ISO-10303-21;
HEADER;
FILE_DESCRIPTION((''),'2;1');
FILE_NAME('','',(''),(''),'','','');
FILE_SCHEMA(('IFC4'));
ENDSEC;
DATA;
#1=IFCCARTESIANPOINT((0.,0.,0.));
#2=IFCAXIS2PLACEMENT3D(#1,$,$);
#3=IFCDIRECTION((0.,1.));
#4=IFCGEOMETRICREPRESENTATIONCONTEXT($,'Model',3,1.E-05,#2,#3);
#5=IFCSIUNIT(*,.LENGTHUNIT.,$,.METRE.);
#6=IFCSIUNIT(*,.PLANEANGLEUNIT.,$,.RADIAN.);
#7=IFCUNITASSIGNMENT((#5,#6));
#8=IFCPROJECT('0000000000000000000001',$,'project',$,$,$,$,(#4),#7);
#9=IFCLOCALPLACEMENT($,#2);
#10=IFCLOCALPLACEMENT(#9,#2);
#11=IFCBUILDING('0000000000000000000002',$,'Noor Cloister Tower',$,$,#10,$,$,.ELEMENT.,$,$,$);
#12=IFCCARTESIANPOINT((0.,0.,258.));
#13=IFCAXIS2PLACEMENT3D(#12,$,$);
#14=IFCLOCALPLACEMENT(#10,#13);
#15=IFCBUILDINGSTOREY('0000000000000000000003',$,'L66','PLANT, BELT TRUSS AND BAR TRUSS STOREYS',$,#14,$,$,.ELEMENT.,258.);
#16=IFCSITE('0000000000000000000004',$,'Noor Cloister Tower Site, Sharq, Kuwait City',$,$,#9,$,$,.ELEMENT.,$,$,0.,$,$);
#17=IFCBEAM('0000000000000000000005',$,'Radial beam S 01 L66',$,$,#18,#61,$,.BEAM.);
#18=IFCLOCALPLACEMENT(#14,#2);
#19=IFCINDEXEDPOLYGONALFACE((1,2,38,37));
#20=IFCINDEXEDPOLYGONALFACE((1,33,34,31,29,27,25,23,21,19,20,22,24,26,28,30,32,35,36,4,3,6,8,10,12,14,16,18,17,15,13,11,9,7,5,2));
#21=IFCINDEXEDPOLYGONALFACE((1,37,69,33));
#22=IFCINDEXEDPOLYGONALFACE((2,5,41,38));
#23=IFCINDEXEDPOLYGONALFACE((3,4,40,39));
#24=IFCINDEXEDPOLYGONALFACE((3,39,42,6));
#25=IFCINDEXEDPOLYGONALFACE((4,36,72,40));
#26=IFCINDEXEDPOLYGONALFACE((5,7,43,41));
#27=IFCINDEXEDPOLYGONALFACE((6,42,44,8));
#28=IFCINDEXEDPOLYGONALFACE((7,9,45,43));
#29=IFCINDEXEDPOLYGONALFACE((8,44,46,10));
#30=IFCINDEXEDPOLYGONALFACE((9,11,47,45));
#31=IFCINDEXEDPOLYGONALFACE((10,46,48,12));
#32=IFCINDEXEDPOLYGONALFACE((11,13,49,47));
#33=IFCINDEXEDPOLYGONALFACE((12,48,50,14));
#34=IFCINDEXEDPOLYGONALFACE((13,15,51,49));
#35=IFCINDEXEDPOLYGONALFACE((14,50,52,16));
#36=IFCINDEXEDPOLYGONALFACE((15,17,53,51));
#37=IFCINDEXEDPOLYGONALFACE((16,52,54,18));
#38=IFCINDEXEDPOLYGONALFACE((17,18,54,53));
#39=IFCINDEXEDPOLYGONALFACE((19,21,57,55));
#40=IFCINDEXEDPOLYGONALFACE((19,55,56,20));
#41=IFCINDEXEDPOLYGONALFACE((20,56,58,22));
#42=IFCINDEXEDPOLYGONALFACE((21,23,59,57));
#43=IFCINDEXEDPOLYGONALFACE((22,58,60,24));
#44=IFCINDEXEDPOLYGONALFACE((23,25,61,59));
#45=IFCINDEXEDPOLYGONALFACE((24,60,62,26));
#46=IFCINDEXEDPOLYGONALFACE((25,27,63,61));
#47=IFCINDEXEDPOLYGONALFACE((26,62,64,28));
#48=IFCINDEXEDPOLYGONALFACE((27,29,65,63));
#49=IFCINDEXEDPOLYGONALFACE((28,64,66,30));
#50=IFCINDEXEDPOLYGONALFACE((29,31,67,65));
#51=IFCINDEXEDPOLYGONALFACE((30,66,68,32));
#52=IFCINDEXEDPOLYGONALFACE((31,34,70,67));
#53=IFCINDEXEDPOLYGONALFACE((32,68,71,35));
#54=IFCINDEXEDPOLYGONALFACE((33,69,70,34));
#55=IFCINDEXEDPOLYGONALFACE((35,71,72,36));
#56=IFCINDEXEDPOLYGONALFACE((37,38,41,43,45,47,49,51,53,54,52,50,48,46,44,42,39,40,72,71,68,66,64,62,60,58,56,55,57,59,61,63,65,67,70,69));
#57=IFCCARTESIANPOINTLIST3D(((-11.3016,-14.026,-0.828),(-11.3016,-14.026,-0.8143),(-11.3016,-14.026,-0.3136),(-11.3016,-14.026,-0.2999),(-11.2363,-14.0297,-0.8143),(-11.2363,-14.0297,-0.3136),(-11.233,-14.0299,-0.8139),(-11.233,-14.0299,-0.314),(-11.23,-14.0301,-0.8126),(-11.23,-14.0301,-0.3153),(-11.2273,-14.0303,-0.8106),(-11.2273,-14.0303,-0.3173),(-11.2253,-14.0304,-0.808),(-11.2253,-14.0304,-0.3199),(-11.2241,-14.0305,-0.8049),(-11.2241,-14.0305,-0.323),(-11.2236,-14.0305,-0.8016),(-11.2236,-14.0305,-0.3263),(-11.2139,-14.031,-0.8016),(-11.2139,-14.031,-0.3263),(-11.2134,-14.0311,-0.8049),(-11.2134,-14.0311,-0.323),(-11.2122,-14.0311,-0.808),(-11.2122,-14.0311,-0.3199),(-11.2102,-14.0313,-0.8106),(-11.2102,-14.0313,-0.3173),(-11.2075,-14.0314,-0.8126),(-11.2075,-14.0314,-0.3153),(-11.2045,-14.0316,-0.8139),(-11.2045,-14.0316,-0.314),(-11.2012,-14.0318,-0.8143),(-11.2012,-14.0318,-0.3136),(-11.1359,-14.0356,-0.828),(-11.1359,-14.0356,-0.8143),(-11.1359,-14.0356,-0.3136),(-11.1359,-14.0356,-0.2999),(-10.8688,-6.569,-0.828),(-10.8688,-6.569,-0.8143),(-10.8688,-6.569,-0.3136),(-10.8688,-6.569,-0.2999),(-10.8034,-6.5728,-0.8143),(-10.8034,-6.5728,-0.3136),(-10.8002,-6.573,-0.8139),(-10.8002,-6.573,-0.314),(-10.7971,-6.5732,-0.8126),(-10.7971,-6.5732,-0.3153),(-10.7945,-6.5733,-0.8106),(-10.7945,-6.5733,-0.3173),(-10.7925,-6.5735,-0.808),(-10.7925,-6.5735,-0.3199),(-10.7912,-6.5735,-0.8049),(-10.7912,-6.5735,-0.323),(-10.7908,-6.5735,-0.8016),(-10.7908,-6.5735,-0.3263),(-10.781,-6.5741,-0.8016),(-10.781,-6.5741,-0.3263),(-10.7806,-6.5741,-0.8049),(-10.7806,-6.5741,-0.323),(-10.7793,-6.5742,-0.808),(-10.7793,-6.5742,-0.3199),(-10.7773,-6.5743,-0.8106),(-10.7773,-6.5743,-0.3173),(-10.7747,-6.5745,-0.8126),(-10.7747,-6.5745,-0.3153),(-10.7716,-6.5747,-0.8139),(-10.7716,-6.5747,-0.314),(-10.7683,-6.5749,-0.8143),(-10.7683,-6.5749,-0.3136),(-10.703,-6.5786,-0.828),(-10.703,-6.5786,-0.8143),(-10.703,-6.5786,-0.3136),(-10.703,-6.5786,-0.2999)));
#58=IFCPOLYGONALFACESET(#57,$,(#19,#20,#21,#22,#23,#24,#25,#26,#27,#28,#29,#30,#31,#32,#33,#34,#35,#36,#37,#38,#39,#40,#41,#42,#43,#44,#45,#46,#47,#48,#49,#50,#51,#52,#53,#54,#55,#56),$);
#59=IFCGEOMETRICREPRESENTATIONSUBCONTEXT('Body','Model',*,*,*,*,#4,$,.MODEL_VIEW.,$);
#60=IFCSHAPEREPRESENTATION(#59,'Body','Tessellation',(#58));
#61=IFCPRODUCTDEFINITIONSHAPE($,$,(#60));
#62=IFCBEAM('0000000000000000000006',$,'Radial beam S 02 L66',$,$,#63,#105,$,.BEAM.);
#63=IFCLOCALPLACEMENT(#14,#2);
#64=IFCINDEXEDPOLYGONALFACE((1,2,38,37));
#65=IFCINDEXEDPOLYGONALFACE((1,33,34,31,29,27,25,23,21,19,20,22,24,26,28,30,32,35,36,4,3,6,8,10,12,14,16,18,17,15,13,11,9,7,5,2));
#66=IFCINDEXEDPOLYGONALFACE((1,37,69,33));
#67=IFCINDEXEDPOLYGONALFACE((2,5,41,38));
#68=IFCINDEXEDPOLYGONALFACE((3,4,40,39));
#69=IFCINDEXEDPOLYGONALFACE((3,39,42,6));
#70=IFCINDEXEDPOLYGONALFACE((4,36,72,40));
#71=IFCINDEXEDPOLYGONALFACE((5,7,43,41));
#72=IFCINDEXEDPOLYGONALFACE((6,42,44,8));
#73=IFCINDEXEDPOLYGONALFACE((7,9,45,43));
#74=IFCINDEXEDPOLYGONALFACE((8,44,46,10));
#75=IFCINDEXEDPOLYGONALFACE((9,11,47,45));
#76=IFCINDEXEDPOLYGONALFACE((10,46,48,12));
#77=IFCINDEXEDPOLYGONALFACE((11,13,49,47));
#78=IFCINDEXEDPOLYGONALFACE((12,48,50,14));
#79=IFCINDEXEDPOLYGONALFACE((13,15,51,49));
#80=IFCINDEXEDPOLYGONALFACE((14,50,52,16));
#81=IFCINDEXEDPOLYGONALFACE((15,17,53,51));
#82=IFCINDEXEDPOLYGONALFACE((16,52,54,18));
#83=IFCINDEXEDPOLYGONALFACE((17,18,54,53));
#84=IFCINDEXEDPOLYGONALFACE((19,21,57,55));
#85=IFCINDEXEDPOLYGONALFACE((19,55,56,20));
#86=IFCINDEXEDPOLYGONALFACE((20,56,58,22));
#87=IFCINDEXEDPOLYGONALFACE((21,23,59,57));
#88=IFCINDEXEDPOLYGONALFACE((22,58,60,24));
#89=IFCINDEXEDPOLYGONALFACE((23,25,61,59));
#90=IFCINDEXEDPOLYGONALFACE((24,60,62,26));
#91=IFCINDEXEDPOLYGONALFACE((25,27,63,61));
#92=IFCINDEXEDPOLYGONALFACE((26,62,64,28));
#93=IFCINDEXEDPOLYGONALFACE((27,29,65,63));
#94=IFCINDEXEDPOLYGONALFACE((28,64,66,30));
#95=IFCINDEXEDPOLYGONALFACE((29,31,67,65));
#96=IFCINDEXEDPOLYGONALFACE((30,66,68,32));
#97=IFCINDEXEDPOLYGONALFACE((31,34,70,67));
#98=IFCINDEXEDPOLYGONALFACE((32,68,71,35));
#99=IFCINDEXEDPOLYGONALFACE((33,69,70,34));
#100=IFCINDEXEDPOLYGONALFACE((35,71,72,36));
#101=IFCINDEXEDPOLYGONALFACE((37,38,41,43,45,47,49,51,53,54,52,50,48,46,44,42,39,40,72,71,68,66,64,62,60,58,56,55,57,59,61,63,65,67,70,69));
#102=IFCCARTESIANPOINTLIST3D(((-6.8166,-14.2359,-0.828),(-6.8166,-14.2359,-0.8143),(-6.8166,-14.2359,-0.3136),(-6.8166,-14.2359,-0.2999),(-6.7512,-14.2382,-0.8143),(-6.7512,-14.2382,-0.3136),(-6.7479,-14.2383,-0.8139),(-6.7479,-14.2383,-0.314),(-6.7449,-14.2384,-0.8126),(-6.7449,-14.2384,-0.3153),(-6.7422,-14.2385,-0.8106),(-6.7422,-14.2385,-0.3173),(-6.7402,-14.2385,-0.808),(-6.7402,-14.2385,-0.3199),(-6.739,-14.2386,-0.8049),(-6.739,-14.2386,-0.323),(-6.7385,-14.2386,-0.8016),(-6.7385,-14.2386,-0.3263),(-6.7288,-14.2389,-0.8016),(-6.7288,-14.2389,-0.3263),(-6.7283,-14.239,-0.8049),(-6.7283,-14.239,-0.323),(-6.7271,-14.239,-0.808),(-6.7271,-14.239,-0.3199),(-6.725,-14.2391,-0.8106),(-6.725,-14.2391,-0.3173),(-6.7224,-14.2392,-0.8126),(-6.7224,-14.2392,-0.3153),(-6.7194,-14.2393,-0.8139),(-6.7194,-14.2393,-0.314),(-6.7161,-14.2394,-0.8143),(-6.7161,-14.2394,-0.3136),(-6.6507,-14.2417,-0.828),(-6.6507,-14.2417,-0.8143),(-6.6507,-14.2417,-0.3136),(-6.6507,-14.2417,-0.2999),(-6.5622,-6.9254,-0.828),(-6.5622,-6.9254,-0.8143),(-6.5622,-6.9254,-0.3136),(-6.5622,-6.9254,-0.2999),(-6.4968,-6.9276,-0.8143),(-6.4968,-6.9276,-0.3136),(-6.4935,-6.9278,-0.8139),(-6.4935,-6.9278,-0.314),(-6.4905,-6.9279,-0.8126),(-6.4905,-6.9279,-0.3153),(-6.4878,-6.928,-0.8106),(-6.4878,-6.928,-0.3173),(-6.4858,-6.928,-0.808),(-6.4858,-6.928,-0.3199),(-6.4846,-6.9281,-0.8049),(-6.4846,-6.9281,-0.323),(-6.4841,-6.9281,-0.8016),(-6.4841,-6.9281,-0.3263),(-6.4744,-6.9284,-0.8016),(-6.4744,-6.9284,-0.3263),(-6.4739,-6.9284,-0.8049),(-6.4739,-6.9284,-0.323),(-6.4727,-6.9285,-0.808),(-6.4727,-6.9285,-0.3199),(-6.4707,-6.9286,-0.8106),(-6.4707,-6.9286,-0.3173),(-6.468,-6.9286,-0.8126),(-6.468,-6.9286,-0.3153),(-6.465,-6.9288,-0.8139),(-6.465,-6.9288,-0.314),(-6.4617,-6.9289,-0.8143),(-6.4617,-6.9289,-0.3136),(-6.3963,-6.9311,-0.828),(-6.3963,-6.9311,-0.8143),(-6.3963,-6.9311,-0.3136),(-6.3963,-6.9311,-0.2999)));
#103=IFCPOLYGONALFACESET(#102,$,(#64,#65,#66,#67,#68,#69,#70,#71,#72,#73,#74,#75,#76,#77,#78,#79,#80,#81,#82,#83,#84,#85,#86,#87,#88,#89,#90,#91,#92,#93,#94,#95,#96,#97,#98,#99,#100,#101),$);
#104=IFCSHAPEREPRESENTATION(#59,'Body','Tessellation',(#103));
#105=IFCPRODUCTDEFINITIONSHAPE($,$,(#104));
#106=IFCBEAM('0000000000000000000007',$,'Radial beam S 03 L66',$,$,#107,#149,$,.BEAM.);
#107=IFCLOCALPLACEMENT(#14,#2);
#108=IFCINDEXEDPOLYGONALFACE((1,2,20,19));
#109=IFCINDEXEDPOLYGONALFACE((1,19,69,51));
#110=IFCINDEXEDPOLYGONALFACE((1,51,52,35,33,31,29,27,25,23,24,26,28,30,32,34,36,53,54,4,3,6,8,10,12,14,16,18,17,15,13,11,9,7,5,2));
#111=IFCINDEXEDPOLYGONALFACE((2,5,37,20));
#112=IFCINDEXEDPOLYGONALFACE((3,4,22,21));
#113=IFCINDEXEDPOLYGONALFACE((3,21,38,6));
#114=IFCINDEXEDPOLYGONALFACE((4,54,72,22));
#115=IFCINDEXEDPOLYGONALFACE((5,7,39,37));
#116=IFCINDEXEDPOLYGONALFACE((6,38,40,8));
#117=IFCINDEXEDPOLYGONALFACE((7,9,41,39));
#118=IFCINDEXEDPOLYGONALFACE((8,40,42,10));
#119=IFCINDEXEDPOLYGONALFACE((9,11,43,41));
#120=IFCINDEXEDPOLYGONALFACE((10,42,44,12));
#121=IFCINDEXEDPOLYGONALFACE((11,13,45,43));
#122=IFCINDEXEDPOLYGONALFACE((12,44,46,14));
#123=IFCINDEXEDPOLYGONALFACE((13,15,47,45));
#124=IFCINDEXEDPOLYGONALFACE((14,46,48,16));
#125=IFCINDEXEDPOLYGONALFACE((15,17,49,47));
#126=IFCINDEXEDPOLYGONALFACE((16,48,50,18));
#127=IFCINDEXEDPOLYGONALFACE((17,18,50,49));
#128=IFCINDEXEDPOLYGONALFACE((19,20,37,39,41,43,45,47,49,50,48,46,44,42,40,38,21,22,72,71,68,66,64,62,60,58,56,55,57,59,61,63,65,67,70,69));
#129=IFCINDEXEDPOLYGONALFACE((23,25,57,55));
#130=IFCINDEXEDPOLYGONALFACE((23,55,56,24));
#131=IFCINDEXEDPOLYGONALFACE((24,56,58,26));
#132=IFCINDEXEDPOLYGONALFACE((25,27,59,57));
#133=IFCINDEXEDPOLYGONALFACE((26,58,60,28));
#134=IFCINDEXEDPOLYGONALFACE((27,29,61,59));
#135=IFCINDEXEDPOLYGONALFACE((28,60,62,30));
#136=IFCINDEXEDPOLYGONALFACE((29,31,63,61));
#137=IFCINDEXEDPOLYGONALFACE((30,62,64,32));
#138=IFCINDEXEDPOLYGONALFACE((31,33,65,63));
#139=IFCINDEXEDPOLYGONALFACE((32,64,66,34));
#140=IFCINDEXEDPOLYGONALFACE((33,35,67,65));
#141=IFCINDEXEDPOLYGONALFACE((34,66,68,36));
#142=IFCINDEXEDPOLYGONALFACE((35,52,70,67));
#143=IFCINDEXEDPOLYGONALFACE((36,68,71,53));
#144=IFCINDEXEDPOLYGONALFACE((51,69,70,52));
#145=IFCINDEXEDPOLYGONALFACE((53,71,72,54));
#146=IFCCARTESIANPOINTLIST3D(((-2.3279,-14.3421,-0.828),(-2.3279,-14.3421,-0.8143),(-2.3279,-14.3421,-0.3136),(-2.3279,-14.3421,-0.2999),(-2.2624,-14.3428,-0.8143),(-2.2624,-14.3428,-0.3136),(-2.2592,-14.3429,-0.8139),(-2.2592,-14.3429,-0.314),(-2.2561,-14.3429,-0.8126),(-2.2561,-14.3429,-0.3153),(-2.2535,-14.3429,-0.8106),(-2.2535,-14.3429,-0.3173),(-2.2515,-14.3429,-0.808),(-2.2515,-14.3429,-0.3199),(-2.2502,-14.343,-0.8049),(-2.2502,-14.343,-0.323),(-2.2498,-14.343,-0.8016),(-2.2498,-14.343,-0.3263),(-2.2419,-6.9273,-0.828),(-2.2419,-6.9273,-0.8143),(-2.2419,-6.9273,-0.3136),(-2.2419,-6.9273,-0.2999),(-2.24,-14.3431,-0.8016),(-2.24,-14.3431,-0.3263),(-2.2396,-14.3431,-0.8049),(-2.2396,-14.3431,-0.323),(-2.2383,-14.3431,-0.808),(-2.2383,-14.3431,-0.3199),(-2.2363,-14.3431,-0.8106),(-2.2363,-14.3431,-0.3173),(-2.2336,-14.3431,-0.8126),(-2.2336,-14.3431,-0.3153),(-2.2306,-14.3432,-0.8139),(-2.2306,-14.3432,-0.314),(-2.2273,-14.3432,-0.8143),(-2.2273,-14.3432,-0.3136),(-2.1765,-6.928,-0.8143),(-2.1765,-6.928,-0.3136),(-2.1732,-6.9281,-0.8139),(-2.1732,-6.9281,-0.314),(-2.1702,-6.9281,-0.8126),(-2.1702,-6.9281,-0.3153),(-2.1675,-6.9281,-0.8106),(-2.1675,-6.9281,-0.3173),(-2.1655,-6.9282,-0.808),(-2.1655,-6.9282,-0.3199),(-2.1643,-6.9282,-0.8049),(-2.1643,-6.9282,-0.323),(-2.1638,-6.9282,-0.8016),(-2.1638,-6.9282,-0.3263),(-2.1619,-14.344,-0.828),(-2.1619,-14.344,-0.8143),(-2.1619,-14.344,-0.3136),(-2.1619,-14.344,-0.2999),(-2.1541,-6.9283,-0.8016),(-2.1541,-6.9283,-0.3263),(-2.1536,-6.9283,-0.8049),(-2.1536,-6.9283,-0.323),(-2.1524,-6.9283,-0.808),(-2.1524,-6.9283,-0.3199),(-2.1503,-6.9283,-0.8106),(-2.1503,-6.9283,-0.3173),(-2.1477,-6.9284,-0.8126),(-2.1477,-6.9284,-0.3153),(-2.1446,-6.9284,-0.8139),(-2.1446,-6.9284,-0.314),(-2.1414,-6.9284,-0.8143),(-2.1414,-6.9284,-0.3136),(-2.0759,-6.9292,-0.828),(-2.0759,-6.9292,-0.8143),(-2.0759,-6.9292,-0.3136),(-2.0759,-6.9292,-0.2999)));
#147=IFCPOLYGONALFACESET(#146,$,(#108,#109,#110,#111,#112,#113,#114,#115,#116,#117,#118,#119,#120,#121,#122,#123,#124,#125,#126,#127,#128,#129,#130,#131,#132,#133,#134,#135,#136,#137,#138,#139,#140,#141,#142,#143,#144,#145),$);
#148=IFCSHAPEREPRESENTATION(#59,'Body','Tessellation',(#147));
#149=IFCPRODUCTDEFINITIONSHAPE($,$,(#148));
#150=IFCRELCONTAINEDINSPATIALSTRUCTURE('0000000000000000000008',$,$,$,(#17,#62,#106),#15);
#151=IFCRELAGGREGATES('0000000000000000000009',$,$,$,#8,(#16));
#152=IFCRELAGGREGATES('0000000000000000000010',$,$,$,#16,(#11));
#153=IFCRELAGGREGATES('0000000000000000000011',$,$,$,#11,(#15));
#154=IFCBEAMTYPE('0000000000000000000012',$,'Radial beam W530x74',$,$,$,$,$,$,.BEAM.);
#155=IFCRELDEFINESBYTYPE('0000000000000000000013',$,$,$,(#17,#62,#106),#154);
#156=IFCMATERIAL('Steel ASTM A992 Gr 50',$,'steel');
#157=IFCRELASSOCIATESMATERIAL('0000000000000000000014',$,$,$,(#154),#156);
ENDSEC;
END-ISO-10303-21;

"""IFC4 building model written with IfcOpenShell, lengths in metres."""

from ifc_helpers import new_model, si_unit, direction, frame, origin, origin_2d, place, context, subcontext, project, spatial, i_section, extrude, material, material_profile, profile_set, type_object, element, save


model = new_model("IFC4")

# Units and contexts
model_context = context("Model", 3, precision=1e-05, world=origin(), true_north=direction((0.0, 1.0)))
body_context = subcontext(model_context, "Body", "Model", "MODEL_VIEW")
ifc_project = project(units=[si_unit("LENGTHUNIT", "METRE"), si_unit("PLANEANGLEUNIT", "RADIAN")], contexts=[model_context])

# Site, building, storey
site_placement = place(None, origin())
site = spatial("IfcSite", under=ifc_project, at=site_placement, Name="Noor Cloister Tower Site, Sharq, Kuwait City", CompositionType="ELEMENT", RefElevation=0.0)
building_placement = place(site_placement, origin())
building = spatial("IfcBuilding", under=site, at=building_placement, Name="Noor Cloister Tower", CompositionType="ELEMENT")
storey_placement = place(building_placement, frame((0.0, 0.0, 258.0)))
storey = spatial("IfcBuildingStorey", under=building, at=storey_placement, Name="L66", Description="PLANT, BELT TRUSS AND BAR TRUSS STOREYS", CompositionType="ELEMENT", Elevation=258.0)

# Beams
ifc_material_1 = material(Name="Steel ASTM A992 Gr 50", Category="steel")
ifc_material_profile_1 = material_profile(ifc_material_1, i_section(OverallWidth=0.166, OverallDepth=0.5281, WebThickness=0.0098, FlangeThickness=0.0137, FilletRadius=0.0127, at=origin_2d()), Name="W530x74")
ifc_profile_set_1 = profile_set([ifc_material_profile_1], Name="Steel ASTM A992 Gr 50")
beam_type_1 = type_object("IfcBeamType", Name="Radial beam W530x74", PredefinedType="BEAM", material=ifc_profile_set_1)
beam_1_placement = place(storey_placement, frame((-11.2188, -14.0308, -0.564), z_axis=(0.05795, 0.998319, 0.0), x_axis=(-0.998319, 0.05795, 0.0)))
element("IfcBeam", 1, at=beam_1_placement, inside=storey, type_object=beam_type_1, Name="Radial beam S 01 L66", PredefinedType="BEAM", context=body_context, shape_type="SweptSolid", body=[
    extrude(i_section(OverallWidth=0.166, OverallDepth=0.5281, WebThickness=0.0098, FlangeThickness=0.0137, FilletRadius=0.0127, at=origin_2d()), origin(), (0.0, 0.0, 1.0), 7.4695),
])
beam_2_placement = place(storey_placement, frame((-6.7336, -14.2388, -0.564), z_axis=(0.034777, 0.999395, 0.0), x_axis=(-0.999395, 0.034777, 0.0)))
element("IfcBeam", 2, at=beam_2_placement, inside=storey, type_object=beam_type_1, Name="Radial beam S 02 L66", PredefinedType="BEAM", context=body_context, shape_type="SweptSolid", body=[
    extrude(i_section(OverallWidth=0.166, OverallDepth=0.5281, WebThickness=0.0098, FlangeThickness=0.0137, FilletRadius=0.0127, at=origin_2d()), origin(), (0.0, 0.0, 1.0), 7.3149),
])
beam_3_placement = place(storey_placement, frame((-2.2449, -14.343, -0.564), z_axis=(0.011589, 0.999933, 0.0), x_axis=(-0.999933, 0.011589, 0.0)))
element("IfcBeam", 3, at=beam_3_placement, inside=storey, type_object=beam_type_1, Name="Radial beam S 03 L66", PredefinedType="BEAM", context=body_context, shape_type="SweptSolid", body=[
    extrude(i_section(OverallWidth=0.166, OverallDepth=0.5281, WebThickness=0.0098, FlangeThickness=0.0137, FilletRadius=0.0127, at=origin_2d()), origin(), (0.0, 0.0, 1.0), 7.4153),
])

save(model, "model.ifc")
